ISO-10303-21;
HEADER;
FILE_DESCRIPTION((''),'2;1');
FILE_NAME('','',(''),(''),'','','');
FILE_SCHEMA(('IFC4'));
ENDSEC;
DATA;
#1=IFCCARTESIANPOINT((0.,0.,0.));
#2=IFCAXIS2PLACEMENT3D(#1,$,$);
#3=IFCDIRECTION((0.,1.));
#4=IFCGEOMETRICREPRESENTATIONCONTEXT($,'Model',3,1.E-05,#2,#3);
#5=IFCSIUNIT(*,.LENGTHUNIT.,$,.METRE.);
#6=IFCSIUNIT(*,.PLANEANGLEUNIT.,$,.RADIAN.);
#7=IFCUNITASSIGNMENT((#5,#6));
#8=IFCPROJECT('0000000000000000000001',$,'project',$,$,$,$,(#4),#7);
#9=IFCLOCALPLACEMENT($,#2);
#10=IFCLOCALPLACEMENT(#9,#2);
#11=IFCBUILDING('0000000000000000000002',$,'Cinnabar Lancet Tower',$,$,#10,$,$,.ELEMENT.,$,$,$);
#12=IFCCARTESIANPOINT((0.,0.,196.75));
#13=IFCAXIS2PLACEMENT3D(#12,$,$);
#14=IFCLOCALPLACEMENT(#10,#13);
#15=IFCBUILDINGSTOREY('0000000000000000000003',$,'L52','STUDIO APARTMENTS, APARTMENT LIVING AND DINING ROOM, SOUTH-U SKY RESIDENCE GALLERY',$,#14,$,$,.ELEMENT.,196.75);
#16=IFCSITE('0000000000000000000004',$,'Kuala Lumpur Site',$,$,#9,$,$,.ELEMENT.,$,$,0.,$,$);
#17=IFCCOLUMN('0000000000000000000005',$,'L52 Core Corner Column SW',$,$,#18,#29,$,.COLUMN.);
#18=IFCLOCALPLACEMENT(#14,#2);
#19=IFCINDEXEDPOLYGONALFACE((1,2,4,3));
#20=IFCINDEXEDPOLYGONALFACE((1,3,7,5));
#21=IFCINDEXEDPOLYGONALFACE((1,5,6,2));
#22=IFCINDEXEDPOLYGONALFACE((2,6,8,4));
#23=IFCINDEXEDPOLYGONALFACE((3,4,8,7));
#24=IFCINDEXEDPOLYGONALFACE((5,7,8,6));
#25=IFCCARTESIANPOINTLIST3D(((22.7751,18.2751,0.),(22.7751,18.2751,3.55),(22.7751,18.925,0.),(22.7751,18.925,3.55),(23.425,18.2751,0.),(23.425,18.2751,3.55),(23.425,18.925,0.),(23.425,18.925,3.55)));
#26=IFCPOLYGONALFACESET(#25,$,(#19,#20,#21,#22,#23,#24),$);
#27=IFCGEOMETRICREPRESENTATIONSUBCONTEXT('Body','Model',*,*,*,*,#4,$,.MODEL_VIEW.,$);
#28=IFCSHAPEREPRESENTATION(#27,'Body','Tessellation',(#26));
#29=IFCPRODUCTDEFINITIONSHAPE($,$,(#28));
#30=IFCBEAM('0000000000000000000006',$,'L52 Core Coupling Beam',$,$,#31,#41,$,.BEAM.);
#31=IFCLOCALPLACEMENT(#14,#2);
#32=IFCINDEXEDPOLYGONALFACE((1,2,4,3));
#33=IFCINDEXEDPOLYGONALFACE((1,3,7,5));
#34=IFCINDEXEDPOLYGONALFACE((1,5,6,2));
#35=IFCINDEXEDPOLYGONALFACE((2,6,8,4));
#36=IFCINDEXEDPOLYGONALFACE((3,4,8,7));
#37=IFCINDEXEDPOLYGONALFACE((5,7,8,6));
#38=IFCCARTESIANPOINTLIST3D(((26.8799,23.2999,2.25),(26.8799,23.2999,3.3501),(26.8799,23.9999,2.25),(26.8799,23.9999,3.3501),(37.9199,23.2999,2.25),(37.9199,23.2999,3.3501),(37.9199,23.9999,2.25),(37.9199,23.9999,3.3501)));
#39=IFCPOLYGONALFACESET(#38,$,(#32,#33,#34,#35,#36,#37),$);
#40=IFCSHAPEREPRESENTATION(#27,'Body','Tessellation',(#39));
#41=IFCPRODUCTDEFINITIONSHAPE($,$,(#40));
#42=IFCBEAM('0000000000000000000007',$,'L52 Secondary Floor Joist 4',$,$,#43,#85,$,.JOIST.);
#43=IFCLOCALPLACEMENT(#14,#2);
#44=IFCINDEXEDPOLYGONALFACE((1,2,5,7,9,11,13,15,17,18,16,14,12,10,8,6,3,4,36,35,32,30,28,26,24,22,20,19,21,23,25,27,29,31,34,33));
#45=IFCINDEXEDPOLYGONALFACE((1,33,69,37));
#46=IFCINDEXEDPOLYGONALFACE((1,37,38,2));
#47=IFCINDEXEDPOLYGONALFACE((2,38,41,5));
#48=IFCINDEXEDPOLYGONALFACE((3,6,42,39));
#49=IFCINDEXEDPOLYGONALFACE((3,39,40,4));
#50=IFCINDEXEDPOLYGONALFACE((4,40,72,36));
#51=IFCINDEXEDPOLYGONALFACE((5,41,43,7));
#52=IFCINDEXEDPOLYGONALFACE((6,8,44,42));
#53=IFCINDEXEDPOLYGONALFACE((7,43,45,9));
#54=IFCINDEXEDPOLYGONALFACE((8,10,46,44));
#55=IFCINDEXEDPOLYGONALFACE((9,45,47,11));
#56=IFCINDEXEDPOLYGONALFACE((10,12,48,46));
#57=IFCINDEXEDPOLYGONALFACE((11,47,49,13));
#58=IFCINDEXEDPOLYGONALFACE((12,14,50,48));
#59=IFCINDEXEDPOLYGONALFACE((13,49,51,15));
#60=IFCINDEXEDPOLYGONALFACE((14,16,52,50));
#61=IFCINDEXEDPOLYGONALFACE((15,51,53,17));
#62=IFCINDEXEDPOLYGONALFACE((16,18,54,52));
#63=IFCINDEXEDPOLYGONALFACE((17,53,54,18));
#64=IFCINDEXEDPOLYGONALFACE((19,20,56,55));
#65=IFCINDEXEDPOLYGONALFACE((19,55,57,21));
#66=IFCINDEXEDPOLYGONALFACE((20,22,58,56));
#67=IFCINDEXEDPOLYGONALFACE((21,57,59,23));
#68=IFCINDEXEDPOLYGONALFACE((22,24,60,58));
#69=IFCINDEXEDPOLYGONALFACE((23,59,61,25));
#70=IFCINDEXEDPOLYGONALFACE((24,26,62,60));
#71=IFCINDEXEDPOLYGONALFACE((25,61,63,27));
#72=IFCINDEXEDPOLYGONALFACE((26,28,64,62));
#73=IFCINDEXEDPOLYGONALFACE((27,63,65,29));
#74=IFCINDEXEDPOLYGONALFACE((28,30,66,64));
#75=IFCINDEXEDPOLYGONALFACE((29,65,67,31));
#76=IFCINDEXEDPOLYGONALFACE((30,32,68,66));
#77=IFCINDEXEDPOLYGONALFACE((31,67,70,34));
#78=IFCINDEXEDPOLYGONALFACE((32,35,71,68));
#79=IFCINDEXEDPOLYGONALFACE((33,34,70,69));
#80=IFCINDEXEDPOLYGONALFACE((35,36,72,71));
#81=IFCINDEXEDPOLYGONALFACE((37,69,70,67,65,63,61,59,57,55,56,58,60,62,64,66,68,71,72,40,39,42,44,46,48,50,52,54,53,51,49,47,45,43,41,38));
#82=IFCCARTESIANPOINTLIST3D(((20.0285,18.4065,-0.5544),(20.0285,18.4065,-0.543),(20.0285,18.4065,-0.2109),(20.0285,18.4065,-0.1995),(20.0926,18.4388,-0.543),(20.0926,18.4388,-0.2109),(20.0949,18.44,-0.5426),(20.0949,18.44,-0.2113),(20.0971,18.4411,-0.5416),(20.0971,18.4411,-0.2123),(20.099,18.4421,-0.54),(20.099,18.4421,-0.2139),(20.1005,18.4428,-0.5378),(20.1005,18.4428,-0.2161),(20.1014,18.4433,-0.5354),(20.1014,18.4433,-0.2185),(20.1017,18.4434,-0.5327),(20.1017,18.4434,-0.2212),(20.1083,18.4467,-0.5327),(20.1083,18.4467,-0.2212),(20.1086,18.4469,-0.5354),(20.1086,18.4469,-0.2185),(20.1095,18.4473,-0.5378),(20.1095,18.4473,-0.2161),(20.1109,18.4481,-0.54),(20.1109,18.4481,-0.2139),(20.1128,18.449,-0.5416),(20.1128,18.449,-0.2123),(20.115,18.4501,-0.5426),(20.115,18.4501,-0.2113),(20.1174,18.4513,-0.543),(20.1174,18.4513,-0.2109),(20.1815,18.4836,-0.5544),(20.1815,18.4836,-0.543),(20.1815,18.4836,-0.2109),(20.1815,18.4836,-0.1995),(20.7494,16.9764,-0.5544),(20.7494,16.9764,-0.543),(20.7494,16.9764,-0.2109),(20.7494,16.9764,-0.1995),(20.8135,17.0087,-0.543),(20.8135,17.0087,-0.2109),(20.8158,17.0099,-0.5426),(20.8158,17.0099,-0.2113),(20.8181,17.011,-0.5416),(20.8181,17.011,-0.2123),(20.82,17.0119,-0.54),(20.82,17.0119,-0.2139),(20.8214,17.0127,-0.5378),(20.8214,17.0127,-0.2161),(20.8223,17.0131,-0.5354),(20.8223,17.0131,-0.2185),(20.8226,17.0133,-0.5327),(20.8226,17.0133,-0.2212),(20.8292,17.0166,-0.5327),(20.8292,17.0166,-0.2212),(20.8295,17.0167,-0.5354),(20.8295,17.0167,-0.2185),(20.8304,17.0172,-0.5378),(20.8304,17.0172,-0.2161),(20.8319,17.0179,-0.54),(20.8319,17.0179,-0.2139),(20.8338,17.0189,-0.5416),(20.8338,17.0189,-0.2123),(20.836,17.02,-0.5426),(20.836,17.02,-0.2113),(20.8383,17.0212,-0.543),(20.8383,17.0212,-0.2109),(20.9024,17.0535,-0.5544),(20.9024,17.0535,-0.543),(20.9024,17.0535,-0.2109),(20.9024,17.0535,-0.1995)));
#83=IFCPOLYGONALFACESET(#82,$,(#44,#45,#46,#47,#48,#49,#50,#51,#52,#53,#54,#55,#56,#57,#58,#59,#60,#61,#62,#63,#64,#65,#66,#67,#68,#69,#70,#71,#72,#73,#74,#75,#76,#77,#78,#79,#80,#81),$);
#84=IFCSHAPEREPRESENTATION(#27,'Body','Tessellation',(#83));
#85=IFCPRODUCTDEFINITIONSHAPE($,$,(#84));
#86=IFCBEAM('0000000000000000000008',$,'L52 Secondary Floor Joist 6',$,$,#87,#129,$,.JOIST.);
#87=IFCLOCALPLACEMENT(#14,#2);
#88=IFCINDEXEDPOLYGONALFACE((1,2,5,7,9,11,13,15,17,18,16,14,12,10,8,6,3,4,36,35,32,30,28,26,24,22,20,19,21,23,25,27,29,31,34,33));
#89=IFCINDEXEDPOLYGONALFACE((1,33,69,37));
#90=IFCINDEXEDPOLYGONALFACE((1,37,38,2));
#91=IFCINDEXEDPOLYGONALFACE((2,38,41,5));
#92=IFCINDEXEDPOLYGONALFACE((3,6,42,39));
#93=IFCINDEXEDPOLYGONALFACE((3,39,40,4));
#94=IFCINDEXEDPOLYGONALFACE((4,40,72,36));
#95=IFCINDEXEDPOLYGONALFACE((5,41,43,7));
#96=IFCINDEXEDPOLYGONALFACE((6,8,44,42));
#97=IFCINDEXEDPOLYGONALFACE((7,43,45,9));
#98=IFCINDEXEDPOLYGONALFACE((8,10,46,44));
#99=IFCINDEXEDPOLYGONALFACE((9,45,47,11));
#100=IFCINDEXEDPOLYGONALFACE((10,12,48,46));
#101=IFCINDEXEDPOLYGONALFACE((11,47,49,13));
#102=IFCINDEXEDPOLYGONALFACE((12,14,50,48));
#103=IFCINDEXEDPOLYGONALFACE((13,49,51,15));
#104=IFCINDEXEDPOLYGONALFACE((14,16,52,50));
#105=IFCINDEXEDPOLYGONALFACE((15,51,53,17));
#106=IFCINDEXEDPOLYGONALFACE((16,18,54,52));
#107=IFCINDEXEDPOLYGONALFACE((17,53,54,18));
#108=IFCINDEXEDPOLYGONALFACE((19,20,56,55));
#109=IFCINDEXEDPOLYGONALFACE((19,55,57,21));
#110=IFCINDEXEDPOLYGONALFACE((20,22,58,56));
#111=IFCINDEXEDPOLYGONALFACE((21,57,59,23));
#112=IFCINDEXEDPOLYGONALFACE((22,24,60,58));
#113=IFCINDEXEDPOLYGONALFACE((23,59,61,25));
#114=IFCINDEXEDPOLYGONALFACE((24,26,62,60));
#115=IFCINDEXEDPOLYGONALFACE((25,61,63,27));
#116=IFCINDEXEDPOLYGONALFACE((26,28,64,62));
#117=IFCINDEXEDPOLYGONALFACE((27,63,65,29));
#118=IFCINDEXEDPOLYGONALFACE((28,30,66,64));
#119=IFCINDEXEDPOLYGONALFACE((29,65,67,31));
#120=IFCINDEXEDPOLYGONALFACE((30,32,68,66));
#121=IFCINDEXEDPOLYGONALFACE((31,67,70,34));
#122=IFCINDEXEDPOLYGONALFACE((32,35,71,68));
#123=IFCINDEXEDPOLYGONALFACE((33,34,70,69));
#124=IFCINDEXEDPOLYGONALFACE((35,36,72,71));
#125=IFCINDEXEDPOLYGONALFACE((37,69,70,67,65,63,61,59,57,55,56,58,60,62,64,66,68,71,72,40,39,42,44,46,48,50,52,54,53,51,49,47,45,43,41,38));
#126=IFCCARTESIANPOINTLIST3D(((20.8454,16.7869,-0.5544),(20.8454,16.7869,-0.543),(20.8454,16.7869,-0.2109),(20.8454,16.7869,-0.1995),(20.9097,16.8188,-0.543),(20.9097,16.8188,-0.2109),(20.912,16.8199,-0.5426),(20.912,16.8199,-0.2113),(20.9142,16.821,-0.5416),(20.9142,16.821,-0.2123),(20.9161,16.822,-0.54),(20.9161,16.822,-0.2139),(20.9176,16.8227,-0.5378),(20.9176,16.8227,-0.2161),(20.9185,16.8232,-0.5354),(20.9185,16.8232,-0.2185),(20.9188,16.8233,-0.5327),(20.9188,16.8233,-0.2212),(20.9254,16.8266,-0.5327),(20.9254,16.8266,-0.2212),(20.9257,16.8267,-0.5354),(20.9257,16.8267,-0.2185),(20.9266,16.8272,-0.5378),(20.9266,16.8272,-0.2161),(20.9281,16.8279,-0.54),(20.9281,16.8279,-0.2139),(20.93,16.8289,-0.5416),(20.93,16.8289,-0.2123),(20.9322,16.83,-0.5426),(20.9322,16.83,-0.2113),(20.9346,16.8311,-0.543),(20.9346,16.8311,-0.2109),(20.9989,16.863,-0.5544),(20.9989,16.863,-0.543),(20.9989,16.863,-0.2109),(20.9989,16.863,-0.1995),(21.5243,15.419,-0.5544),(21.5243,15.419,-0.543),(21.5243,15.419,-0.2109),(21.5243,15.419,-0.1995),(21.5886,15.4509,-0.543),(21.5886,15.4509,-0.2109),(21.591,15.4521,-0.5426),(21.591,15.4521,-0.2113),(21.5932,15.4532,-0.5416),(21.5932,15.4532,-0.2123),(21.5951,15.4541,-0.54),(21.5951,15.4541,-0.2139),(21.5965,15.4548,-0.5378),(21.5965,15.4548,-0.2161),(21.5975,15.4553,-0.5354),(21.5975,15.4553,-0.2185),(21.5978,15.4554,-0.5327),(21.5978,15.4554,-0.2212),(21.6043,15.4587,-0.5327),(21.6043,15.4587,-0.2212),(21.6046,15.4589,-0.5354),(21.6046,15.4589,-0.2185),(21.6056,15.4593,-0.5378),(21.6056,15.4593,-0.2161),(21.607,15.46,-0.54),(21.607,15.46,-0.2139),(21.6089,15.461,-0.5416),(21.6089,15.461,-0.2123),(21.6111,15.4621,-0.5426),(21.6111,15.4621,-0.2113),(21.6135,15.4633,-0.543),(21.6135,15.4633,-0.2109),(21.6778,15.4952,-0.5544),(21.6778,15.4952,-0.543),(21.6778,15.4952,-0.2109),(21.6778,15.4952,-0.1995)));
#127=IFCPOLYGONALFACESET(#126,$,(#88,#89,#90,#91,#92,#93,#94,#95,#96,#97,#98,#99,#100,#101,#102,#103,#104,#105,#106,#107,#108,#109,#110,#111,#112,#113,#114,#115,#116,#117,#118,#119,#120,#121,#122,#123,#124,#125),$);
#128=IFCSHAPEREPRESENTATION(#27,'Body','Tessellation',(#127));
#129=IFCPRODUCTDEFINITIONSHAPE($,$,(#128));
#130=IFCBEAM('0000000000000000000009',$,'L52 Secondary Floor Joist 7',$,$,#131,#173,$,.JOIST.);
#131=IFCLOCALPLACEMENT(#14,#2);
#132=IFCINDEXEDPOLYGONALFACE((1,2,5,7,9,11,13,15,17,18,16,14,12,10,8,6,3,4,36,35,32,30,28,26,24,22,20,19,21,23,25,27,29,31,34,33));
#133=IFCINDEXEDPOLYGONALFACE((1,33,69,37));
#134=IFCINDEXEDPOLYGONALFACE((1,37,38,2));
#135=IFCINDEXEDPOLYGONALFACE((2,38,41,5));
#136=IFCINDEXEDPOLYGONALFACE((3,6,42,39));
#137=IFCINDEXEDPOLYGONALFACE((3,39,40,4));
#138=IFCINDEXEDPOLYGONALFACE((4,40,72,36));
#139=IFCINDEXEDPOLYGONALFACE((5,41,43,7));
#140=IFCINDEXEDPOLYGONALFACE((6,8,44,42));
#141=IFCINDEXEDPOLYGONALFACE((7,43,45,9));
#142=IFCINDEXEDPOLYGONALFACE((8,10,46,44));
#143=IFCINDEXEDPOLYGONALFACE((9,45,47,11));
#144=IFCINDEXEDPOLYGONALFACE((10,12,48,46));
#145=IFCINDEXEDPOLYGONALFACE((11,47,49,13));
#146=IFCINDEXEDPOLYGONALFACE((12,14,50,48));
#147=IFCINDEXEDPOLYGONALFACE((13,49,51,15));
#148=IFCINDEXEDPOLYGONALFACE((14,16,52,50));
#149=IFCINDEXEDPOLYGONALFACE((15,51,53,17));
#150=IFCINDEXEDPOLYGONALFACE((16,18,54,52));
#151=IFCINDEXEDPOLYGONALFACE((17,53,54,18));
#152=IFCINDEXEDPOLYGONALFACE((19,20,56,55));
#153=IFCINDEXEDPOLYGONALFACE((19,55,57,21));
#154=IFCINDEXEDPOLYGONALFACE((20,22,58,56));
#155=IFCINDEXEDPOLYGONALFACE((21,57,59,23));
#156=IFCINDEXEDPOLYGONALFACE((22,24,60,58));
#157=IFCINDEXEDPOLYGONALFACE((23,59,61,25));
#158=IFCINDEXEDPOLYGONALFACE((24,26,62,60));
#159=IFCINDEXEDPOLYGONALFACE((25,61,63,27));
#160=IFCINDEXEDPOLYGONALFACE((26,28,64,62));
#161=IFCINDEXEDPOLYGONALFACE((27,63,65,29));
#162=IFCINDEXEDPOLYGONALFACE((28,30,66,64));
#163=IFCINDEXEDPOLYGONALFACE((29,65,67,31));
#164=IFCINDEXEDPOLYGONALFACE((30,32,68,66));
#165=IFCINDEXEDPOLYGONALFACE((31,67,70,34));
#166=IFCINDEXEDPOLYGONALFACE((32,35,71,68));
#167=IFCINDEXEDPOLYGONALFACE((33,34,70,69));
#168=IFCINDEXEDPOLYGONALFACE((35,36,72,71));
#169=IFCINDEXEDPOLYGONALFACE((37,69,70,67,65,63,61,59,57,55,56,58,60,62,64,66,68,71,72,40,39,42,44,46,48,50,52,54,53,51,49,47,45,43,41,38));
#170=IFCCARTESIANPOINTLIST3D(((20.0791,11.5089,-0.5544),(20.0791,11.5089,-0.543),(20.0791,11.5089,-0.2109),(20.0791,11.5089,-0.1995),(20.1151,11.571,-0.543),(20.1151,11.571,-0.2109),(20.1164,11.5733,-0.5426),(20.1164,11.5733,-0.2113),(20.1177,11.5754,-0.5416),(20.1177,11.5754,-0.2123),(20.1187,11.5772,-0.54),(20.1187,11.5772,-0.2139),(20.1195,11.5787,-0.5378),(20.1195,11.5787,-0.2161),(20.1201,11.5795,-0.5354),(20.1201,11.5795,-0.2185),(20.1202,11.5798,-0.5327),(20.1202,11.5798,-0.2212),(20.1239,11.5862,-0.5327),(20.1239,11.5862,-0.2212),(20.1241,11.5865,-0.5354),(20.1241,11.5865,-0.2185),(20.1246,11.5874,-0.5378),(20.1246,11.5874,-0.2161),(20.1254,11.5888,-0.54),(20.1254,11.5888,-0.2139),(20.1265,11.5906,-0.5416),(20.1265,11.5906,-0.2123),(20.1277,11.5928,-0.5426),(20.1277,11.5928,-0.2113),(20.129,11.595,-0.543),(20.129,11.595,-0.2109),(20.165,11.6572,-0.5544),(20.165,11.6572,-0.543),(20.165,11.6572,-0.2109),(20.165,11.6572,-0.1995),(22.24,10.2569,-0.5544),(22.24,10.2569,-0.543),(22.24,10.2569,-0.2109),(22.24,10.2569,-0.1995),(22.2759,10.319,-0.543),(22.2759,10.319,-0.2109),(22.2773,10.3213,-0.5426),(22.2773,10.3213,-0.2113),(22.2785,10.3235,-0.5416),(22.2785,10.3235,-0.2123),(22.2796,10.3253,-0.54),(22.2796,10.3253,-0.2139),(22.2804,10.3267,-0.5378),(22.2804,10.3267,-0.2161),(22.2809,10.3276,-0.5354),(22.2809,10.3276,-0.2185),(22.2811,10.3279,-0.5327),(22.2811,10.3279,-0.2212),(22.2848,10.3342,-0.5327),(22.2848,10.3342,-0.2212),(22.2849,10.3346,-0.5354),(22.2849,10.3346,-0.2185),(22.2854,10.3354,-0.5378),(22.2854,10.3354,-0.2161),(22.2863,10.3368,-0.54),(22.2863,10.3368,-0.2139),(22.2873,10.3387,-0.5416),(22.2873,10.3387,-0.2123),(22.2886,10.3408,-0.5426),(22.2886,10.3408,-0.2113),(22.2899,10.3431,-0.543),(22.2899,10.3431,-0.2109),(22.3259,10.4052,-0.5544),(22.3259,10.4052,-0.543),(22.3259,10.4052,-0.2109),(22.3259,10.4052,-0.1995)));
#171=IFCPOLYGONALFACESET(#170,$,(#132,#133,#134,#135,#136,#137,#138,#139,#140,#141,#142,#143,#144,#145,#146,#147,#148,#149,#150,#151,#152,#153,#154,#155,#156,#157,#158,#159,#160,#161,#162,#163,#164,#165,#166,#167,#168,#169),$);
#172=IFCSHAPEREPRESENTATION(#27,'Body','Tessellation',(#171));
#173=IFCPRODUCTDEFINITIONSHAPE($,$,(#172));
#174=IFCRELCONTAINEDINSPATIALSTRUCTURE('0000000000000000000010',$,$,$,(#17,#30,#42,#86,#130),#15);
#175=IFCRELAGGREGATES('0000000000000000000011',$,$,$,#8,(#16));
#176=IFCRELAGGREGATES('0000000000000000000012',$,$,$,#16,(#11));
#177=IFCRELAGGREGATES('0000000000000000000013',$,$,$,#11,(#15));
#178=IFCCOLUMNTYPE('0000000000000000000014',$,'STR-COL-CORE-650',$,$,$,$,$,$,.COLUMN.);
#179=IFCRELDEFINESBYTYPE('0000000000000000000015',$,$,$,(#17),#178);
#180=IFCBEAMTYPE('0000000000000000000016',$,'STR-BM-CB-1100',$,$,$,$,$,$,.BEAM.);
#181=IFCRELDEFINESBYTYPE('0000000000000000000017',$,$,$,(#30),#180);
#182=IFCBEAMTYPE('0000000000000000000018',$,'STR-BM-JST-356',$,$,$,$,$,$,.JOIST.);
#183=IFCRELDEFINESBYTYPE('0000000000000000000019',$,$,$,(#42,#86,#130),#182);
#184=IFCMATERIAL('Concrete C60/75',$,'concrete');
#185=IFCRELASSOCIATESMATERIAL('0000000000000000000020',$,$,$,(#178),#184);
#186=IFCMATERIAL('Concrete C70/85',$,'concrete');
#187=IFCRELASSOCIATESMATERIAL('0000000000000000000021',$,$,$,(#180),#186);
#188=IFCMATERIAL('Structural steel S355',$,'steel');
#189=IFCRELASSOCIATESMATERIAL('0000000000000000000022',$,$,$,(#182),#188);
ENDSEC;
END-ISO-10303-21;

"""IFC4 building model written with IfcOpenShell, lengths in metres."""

from ifc_helpers import new_model, si_unit, direction, frame, origin, origin_2d, place, context, subcontext, project, spatial, rectangle, i_section, extrude, material, material_profile, profile_set, type_object, element, save


model = new_model("IFC4")

# Units and contexts
model_context = context("Model", 3, precision=1e-05, world=origin(), true_north=direction((0.0, 1.0)))
body_context = subcontext(model_context, "Body", "Model", "MODEL_VIEW")
ifc_project = project(units=[si_unit("LENGTHUNIT", "METRE"), si_unit("PLANEANGLEUNIT", "RADIAN")], contexts=[model_context])

# Site, building, storey
site_placement = place(None, origin())
site = spatial("IfcSite", under=ifc_project, at=site_placement, Name="Kuala Lumpur Site", CompositionType="ELEMENT", RefElevation=0.0)
building_placement = place(site_placement, origin())
building = spatial("IfcBuilding", under=site, at=building_placement, Name="Cinnabar Lancet Tower", CompositionType="ELEMENT")
storey_placement = place(building_placement, frame((0.0, 0.0, 196.75)))
storey = spatial("IfcBuildingStorey", under=building, at=storey_placement, Name="L52", Description="STUDIO APARTMENTS, APARTMENT LIVING AND DINING ROOM, SOUTH-U SKY RESIDENCE GALLERY", CompositionType="ELEMENT", Elevation=196.75)

# Column
ifc_material_1 = material(Name="Concrete C60/75", Category="concrete")
ifc_material_profile_1 = material_profile(ifc_material_1, rectangle(XDim=0.6499, YDim=0.6499, at=origin_2d()), Name="RC-COL 650x650")
ifc_profile_set_1 = profile_set([ifc_material_profile_1], Name="Concrete C60/75")
column_type = type_object("IfcColumnType", Name="STR-COL-CORE-650", PredefinedType="COLUMN", material=ifc_profile_set_1)
column_placement = place(storey_placement, frame((23.1001, 18.6001, 0.0), z_axis=(0.0, 0.0, 1.0), x_axis=(1.0, 0.0, 0.0)))
element("IfcColumn", 1, at=column_placement, inside=storey, type_object=column_type, Name="L52 Core Corner Column SW", PredefinedType="COLUMN", context=body_context, shape_type="SweptSolid", body=[
    extrude(rectangle(XDim=0.6499, YDim=0.6499, at=origin_2d()), origin(), (0.0, 0.0, 1.0), 3.55),
])

# Beams
ifc_material_2 = material(Name="Concrete C70/85", Category="concrete")
ifc_material_profile_2 = material_profile(ifc_material_2, rectangle(XDim=0.7, YDim=1.1001, at=origin_2d()), Name="RC-CB 700x1100")
ifc_profile_set_2 = profile_set([ifc_material_profile_2], Name="Concrete C70/85")
beam_type_1 = type_object("IfcBeamType", Name="STR-BM-CB-1100", PredefinedType="BEAM", material=ifc_profile_set_2)
beam_1_placement = place(storey_placement, frame((26.8799, 23.6499, 2.8), z_axis=(1.0, 0.0, 0.0), x_axis=(0.0, 1.0, 0.0)))
element("IfcBeam", 2, at=beam_1_placement, inside=storey, type_object=beam_type_1, Name="L52 Core Coupling Beam", PredefinedType="BEAM", context=body_context, shape_type="SweptSolid", body=[
    extrude(rectangle(XDim=0.7, YDim=1.1001, at=origin_2d()), origin(), (0.0, 0.0, 1.0), 11.04),
])
ifc_material_3 = material(Name="Structural steel S355", Category="steel")
ifc_material_profile_3 = material_profile(ifc_material_3, i_section(OverallWidth=0.1714, OverallDepth=0.355, WebThickness=0.0073, FlangeThickness=0.0115, FilletRadius=0.0103, at=origin_2d()), Name="UKB 356x171x51")
ifc_profile_set_3 = profile_set([ifc_material_profile_3], Name="Structural steel S355")
beam_type_2 = type_object("IfcBeamType", Name="STR-BM-JST-356", PredefinedType="JOIST", material=ifc_profile_set_3)
beam_2_placement = place(storey_placement, frame((20.105, 18.4451, -0.377), z_axis=(0.450138, -0.892959, 0.0), x_axis=(0.892959, 0.450138, 0.0)))
element("IfcBeam", 3, at=beam_2_placement, inside=storey, type_object=beam_type_2, Name="L52 Secondary Floor Joist 4", PredefinedType="JOIST", context=body_context, shape_type="SweptSolid", body=[
    extrude(i_section(OverallWidth=0.1714, OverallDepth=0.355, WebThickness=0.0073, FlangeThickness=0.0115, FilletRadius=0.0103, at=origin_2d()), origin(), (0.0, 0.0, 1.0), 1.6016),
])
beam_3_placement = place(storey_placement, frame((20.9221, 16.825, -0.377), z_axis=(0.44459, -0.895734, 0.0), x_axis=(0.895734, 0.44459, 0.0)))
element("IfcBeam", 4, at=beam_3_placement, inside=storey, type_object=beam_type_2, Name="L52 Secondary Floor Joist 6", PredefinedType="JOIST", context=body_context, shape_type="SweptSolid", body=[
    extrude(i_section(OverallWidth=0.1714, OverallDepth=0.355, WebThickness=0.0073, FlangeThickness=0.0115, FilletRadius=0.0103, at=origin_2d()), origin(), (0.0, 0.0, 1.0), 1.5271),
])
beam_4_placement = place(storey_placement, frame((20.1221, 11.583, -0.377), z_axis=(0.865268, -0.50131, 0.0), x_axis=(0.50131, 0.865268, 0.0)))
element("IfcBeam", 5, at=beam_4_placement, inside=storey, type_object=beam_type_2, Name="L52 Secondary Floor Joist 7", PredefinedType="JOIST", context=body_context, shape_type="SweptSolid", body=[
    extrude(i_section(OverallWidth=0.1714, OverallDepth=0.355, WebThickness=0.0073, FlangeThickness=0.0115, FilletRadius=0.0103, at=origin_2d()), origin(), (0.0, 0.0, 1.0), 2.4973),
])

save(model, "model.ifc")
